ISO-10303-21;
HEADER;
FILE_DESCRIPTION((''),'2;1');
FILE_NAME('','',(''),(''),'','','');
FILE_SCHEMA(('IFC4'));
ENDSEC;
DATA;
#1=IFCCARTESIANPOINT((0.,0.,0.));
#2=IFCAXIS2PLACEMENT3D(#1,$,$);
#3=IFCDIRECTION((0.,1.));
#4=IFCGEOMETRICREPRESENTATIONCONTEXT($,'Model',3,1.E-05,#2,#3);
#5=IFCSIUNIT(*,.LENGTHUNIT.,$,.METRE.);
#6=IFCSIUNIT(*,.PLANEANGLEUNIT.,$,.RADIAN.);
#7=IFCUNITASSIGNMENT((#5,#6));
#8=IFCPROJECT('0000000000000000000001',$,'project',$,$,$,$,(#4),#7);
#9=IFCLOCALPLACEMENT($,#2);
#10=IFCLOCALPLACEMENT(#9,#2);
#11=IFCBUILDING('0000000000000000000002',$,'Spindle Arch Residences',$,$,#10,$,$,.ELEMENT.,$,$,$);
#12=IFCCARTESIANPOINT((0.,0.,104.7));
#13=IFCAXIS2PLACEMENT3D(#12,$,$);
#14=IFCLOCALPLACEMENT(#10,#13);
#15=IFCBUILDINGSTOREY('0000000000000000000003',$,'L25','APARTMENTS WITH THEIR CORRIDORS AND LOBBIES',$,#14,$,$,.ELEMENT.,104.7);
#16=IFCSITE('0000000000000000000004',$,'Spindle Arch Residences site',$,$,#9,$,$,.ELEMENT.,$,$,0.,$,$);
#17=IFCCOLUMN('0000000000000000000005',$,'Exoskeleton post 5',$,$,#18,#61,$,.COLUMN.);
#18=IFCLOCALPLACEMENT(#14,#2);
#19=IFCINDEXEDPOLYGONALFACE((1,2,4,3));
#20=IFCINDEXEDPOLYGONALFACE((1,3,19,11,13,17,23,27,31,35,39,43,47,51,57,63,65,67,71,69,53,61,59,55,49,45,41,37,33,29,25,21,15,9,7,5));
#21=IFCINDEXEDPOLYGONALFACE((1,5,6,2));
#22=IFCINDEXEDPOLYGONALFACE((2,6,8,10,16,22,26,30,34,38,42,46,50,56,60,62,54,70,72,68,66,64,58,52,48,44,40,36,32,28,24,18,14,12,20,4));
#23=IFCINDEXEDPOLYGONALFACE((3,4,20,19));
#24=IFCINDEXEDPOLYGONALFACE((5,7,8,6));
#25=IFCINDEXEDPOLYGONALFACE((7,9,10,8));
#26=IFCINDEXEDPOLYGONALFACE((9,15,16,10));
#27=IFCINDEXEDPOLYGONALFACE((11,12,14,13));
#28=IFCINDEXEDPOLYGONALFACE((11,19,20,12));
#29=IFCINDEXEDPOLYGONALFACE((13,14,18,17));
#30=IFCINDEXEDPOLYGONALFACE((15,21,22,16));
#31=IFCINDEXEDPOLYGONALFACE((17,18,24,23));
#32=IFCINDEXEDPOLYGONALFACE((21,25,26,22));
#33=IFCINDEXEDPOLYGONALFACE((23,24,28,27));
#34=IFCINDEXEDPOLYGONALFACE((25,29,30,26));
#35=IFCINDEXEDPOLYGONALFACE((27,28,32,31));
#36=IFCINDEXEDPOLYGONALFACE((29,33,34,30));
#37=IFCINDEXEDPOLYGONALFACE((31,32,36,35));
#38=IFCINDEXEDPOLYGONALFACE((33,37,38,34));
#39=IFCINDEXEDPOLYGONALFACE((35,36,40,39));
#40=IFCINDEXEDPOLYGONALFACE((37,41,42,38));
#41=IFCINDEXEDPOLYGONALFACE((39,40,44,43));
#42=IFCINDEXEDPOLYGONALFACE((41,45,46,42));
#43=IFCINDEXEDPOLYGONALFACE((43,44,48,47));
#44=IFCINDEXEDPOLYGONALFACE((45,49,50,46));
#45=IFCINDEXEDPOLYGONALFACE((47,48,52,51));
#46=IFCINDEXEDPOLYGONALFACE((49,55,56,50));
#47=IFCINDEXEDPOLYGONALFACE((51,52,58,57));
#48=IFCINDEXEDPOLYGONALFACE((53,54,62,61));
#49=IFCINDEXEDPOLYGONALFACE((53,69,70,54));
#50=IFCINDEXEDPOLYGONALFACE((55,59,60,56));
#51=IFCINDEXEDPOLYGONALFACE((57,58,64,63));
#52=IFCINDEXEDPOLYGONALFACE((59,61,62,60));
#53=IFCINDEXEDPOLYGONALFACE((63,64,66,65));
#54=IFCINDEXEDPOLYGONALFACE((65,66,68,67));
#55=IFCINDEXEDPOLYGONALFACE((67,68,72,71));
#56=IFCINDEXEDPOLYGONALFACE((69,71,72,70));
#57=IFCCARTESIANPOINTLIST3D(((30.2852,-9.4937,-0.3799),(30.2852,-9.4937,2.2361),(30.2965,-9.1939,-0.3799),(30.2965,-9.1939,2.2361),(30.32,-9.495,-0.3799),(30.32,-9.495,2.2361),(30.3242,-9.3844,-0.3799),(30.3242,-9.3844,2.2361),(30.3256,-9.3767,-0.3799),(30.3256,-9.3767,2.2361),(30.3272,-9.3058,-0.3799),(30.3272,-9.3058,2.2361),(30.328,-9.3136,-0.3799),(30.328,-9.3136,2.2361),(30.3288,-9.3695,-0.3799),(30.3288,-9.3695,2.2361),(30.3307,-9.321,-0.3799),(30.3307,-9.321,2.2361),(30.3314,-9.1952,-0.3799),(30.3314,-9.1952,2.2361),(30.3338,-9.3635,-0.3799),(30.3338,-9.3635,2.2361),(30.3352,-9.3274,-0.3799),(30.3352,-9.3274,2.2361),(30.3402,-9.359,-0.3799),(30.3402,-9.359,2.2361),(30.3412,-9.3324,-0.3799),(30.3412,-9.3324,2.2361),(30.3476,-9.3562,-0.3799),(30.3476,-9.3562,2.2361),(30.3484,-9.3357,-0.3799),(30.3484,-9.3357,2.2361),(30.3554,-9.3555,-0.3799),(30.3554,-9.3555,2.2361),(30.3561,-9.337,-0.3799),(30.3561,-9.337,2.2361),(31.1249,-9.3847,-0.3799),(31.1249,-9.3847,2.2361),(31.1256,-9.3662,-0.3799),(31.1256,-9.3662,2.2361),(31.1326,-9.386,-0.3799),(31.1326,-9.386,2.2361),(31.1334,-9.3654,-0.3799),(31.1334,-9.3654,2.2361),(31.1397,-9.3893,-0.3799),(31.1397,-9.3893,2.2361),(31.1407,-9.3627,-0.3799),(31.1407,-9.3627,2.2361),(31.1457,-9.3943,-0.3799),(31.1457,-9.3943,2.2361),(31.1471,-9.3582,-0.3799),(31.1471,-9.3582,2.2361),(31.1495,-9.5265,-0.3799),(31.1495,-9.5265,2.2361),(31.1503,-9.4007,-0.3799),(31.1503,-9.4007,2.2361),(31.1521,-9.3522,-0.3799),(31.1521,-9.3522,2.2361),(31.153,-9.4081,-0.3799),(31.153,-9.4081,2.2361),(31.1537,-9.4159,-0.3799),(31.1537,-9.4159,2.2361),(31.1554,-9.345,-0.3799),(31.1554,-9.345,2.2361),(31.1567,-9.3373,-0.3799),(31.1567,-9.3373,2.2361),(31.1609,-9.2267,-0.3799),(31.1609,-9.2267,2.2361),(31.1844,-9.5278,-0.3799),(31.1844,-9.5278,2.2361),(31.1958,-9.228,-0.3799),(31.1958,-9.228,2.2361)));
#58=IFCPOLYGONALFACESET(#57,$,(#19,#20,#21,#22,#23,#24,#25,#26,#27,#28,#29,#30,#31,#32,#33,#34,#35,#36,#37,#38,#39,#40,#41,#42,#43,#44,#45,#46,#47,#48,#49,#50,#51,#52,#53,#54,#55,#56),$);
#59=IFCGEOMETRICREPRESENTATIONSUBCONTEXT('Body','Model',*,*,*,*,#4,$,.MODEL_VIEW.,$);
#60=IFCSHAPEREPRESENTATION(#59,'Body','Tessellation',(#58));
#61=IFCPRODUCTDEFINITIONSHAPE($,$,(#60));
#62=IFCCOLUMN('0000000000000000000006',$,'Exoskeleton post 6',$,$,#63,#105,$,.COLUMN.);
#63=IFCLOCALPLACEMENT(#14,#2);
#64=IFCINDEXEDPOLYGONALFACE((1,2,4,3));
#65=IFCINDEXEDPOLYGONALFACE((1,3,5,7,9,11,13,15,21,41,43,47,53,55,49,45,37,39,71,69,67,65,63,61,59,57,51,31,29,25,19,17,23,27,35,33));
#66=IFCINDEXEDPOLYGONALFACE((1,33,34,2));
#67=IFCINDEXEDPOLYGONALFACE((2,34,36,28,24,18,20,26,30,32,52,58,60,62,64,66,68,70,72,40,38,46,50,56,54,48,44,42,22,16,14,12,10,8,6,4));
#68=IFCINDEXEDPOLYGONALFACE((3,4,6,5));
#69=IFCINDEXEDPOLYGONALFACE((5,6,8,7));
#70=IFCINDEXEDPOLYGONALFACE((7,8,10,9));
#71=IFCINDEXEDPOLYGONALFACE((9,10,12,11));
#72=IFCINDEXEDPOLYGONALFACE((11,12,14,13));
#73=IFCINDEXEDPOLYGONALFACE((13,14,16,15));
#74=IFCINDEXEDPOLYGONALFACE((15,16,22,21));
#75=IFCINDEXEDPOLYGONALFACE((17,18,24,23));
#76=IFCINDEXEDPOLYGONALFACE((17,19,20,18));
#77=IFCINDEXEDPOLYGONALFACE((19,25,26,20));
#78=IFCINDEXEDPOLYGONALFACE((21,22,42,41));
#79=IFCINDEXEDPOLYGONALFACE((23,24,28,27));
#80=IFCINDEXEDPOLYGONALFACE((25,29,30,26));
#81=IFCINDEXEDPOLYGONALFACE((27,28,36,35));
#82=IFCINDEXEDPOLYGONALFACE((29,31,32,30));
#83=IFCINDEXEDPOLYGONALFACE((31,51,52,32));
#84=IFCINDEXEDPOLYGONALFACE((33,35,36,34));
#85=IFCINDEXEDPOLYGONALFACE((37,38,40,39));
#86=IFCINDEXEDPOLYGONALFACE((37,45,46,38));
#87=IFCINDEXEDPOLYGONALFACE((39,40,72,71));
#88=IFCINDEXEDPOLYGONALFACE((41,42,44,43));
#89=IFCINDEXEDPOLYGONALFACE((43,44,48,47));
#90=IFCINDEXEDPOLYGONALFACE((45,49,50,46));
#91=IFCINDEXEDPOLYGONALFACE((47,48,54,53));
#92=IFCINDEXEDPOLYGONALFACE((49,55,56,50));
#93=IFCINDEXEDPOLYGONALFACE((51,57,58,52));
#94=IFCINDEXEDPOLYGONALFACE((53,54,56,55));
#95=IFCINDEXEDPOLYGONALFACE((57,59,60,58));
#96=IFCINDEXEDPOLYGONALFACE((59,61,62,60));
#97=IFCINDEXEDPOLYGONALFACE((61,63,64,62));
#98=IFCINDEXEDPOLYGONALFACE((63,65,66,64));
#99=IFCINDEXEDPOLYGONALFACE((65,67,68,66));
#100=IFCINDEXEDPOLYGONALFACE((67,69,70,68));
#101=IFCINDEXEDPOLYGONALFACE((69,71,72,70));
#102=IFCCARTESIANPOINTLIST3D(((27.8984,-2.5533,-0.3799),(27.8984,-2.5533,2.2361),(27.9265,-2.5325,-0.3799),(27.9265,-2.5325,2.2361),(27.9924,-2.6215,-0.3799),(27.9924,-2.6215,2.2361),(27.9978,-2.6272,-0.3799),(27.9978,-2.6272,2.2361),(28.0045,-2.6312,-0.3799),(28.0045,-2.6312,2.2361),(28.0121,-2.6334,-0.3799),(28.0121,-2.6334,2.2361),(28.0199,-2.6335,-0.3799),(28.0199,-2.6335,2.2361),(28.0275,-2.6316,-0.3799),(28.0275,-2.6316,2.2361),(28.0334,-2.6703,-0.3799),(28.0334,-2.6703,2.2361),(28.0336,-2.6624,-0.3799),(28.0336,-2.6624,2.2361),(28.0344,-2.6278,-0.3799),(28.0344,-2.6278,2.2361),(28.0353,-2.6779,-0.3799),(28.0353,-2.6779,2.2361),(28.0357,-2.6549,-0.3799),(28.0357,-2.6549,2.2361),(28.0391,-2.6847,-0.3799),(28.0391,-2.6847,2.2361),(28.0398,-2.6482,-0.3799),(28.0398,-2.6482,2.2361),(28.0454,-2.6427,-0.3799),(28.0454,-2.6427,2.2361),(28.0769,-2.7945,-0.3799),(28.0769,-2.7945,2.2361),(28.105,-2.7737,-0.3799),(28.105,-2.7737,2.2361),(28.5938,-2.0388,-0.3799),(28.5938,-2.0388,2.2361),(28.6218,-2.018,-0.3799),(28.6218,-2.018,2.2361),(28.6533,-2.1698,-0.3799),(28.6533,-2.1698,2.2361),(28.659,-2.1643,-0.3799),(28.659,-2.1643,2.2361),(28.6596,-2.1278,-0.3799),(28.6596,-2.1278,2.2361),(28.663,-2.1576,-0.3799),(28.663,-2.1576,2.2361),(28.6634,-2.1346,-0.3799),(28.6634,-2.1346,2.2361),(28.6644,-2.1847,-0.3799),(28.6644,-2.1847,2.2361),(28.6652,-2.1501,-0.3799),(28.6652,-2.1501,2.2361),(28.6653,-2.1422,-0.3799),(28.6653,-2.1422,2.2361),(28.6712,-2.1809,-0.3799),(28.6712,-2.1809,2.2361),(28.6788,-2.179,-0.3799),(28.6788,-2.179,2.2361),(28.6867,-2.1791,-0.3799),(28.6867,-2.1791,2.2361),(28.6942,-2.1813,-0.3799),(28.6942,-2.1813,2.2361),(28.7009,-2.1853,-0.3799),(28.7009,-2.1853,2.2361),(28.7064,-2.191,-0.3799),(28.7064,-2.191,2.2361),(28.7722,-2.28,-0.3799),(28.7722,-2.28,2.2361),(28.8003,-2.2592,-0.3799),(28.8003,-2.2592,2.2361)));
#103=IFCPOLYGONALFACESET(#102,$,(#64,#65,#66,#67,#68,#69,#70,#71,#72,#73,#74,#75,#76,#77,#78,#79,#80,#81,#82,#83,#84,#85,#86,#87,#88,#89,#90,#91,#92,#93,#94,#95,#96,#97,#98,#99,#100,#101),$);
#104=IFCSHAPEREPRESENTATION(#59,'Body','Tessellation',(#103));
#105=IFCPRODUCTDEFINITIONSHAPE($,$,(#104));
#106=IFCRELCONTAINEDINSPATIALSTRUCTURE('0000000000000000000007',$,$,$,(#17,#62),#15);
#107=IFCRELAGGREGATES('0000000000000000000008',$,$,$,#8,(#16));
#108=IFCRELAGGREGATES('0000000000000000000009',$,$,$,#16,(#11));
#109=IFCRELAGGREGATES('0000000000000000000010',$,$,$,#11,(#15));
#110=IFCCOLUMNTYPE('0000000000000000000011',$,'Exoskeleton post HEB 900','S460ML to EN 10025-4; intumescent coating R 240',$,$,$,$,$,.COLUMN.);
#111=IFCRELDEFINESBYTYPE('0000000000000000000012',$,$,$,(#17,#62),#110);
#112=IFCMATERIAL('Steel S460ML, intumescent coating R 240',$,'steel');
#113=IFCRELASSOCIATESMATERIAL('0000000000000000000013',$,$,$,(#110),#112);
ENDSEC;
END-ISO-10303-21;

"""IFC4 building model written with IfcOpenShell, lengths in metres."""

from ifc_helpers import new_model, si_unit, direction, frame, origin, origin_2d, place, context, subcontext, project, spatial, i_section, extrude, material, material_profile, profile_set, type_object, element, save


model = new_model("IFC4")

# Units and contexts
model_context = context("Model", 3, precision=1e-05, world=origin(), true_north=direction((0.0, 1.0)))
body_context = subcontext(model_context, "Body", "Model", "MODEL_VIEW")
ifc_project = project(units=[si_unit("LENGTHUNIT", "METRE"), si_unit("PLANEANGLEUNIT", "RADIAN")], contexts=[model_context])

# Site, building, storey
site_placement = place(None, origin())
site = spatial("IfcSite", under=ifc_project, at=site_placement, Name="Spindle Arch Residences site", CompositionType="ELEMENT", RefElevation=0.0)
building_placement = place(site_placement, origin())
building = spatial("IfcBuilding", under=site, at=building_placement, Name="Spindle Arch Residences", CompositionType="ELEMENT")
storey_placement = place(building_placement, frame((0.0, 0.0, 104.7)))
storey = spatial("IfcBuildingStorey", under=building, at=storey_placement, Name="L25", Description="APARTMENTS WITH THEIR CORRIDORS AND LOBBIES", CompositionType="ELEMENT", Elevation=104.7)

# Columns
ifc_material_1 = material(Name="Steel S460ML, intumescent coating R 240", Category="steel")
ifc_material_profile_1 = material_profile(ifc_material_1, i_section(OverallWidth=0.3, OverallDepth=0.8999, WebThickness=0.0186, FlangeThickness=0.0349, FilletRadius=0.03, at=origin_2d()), Name="HEB 900")
ifc_profile_set_1 = profile_set([ifc_material_profile_1], Name="Steel S460ML, intumescent coating R 240")
column_type_1 = type_object("IfcColumnType", Name="Exoskeleton post HEB 900", Description="S460ML to EN 10025-4; intumescent coating R 240", PredefinedType="COLUMN", material=ifc_profile_set_1)
for number, where, z_axis, x_axis, name in (
    (1, (30.7405, -9.3608, -0.3799), (0.0, 0.0, 1.0), (-0.037924, -0.999281, 0.0), "Exoskeleton post 5"),
    (2, (28.3494, -2.4062, -0.3799), (0.0, 0.0, 1.0), (0.594823, -0.803857, 0.0), "Exoskeleton post 6"),
):
    element("IfcColumn", number, at=place(storey_placement, frame(where, z_axis=z_axis, x_axis=x_axis)), inside=storey, type_object=column_type_1, Name=name, PredefinedType="COLUMN", context=body_context, shape_type="SweptSolid", body=[
        extrude(i_section(OverallWidth=0.3, OverallDepth=0.8999, WebThickness=0.0186, FlangeThickness=0.0349, FilletRadius=0.03, at=origin_2d()), origin(), (0.0, 0.0, 1.0), 2.616),
    ])

save(model, "model.ifc")
